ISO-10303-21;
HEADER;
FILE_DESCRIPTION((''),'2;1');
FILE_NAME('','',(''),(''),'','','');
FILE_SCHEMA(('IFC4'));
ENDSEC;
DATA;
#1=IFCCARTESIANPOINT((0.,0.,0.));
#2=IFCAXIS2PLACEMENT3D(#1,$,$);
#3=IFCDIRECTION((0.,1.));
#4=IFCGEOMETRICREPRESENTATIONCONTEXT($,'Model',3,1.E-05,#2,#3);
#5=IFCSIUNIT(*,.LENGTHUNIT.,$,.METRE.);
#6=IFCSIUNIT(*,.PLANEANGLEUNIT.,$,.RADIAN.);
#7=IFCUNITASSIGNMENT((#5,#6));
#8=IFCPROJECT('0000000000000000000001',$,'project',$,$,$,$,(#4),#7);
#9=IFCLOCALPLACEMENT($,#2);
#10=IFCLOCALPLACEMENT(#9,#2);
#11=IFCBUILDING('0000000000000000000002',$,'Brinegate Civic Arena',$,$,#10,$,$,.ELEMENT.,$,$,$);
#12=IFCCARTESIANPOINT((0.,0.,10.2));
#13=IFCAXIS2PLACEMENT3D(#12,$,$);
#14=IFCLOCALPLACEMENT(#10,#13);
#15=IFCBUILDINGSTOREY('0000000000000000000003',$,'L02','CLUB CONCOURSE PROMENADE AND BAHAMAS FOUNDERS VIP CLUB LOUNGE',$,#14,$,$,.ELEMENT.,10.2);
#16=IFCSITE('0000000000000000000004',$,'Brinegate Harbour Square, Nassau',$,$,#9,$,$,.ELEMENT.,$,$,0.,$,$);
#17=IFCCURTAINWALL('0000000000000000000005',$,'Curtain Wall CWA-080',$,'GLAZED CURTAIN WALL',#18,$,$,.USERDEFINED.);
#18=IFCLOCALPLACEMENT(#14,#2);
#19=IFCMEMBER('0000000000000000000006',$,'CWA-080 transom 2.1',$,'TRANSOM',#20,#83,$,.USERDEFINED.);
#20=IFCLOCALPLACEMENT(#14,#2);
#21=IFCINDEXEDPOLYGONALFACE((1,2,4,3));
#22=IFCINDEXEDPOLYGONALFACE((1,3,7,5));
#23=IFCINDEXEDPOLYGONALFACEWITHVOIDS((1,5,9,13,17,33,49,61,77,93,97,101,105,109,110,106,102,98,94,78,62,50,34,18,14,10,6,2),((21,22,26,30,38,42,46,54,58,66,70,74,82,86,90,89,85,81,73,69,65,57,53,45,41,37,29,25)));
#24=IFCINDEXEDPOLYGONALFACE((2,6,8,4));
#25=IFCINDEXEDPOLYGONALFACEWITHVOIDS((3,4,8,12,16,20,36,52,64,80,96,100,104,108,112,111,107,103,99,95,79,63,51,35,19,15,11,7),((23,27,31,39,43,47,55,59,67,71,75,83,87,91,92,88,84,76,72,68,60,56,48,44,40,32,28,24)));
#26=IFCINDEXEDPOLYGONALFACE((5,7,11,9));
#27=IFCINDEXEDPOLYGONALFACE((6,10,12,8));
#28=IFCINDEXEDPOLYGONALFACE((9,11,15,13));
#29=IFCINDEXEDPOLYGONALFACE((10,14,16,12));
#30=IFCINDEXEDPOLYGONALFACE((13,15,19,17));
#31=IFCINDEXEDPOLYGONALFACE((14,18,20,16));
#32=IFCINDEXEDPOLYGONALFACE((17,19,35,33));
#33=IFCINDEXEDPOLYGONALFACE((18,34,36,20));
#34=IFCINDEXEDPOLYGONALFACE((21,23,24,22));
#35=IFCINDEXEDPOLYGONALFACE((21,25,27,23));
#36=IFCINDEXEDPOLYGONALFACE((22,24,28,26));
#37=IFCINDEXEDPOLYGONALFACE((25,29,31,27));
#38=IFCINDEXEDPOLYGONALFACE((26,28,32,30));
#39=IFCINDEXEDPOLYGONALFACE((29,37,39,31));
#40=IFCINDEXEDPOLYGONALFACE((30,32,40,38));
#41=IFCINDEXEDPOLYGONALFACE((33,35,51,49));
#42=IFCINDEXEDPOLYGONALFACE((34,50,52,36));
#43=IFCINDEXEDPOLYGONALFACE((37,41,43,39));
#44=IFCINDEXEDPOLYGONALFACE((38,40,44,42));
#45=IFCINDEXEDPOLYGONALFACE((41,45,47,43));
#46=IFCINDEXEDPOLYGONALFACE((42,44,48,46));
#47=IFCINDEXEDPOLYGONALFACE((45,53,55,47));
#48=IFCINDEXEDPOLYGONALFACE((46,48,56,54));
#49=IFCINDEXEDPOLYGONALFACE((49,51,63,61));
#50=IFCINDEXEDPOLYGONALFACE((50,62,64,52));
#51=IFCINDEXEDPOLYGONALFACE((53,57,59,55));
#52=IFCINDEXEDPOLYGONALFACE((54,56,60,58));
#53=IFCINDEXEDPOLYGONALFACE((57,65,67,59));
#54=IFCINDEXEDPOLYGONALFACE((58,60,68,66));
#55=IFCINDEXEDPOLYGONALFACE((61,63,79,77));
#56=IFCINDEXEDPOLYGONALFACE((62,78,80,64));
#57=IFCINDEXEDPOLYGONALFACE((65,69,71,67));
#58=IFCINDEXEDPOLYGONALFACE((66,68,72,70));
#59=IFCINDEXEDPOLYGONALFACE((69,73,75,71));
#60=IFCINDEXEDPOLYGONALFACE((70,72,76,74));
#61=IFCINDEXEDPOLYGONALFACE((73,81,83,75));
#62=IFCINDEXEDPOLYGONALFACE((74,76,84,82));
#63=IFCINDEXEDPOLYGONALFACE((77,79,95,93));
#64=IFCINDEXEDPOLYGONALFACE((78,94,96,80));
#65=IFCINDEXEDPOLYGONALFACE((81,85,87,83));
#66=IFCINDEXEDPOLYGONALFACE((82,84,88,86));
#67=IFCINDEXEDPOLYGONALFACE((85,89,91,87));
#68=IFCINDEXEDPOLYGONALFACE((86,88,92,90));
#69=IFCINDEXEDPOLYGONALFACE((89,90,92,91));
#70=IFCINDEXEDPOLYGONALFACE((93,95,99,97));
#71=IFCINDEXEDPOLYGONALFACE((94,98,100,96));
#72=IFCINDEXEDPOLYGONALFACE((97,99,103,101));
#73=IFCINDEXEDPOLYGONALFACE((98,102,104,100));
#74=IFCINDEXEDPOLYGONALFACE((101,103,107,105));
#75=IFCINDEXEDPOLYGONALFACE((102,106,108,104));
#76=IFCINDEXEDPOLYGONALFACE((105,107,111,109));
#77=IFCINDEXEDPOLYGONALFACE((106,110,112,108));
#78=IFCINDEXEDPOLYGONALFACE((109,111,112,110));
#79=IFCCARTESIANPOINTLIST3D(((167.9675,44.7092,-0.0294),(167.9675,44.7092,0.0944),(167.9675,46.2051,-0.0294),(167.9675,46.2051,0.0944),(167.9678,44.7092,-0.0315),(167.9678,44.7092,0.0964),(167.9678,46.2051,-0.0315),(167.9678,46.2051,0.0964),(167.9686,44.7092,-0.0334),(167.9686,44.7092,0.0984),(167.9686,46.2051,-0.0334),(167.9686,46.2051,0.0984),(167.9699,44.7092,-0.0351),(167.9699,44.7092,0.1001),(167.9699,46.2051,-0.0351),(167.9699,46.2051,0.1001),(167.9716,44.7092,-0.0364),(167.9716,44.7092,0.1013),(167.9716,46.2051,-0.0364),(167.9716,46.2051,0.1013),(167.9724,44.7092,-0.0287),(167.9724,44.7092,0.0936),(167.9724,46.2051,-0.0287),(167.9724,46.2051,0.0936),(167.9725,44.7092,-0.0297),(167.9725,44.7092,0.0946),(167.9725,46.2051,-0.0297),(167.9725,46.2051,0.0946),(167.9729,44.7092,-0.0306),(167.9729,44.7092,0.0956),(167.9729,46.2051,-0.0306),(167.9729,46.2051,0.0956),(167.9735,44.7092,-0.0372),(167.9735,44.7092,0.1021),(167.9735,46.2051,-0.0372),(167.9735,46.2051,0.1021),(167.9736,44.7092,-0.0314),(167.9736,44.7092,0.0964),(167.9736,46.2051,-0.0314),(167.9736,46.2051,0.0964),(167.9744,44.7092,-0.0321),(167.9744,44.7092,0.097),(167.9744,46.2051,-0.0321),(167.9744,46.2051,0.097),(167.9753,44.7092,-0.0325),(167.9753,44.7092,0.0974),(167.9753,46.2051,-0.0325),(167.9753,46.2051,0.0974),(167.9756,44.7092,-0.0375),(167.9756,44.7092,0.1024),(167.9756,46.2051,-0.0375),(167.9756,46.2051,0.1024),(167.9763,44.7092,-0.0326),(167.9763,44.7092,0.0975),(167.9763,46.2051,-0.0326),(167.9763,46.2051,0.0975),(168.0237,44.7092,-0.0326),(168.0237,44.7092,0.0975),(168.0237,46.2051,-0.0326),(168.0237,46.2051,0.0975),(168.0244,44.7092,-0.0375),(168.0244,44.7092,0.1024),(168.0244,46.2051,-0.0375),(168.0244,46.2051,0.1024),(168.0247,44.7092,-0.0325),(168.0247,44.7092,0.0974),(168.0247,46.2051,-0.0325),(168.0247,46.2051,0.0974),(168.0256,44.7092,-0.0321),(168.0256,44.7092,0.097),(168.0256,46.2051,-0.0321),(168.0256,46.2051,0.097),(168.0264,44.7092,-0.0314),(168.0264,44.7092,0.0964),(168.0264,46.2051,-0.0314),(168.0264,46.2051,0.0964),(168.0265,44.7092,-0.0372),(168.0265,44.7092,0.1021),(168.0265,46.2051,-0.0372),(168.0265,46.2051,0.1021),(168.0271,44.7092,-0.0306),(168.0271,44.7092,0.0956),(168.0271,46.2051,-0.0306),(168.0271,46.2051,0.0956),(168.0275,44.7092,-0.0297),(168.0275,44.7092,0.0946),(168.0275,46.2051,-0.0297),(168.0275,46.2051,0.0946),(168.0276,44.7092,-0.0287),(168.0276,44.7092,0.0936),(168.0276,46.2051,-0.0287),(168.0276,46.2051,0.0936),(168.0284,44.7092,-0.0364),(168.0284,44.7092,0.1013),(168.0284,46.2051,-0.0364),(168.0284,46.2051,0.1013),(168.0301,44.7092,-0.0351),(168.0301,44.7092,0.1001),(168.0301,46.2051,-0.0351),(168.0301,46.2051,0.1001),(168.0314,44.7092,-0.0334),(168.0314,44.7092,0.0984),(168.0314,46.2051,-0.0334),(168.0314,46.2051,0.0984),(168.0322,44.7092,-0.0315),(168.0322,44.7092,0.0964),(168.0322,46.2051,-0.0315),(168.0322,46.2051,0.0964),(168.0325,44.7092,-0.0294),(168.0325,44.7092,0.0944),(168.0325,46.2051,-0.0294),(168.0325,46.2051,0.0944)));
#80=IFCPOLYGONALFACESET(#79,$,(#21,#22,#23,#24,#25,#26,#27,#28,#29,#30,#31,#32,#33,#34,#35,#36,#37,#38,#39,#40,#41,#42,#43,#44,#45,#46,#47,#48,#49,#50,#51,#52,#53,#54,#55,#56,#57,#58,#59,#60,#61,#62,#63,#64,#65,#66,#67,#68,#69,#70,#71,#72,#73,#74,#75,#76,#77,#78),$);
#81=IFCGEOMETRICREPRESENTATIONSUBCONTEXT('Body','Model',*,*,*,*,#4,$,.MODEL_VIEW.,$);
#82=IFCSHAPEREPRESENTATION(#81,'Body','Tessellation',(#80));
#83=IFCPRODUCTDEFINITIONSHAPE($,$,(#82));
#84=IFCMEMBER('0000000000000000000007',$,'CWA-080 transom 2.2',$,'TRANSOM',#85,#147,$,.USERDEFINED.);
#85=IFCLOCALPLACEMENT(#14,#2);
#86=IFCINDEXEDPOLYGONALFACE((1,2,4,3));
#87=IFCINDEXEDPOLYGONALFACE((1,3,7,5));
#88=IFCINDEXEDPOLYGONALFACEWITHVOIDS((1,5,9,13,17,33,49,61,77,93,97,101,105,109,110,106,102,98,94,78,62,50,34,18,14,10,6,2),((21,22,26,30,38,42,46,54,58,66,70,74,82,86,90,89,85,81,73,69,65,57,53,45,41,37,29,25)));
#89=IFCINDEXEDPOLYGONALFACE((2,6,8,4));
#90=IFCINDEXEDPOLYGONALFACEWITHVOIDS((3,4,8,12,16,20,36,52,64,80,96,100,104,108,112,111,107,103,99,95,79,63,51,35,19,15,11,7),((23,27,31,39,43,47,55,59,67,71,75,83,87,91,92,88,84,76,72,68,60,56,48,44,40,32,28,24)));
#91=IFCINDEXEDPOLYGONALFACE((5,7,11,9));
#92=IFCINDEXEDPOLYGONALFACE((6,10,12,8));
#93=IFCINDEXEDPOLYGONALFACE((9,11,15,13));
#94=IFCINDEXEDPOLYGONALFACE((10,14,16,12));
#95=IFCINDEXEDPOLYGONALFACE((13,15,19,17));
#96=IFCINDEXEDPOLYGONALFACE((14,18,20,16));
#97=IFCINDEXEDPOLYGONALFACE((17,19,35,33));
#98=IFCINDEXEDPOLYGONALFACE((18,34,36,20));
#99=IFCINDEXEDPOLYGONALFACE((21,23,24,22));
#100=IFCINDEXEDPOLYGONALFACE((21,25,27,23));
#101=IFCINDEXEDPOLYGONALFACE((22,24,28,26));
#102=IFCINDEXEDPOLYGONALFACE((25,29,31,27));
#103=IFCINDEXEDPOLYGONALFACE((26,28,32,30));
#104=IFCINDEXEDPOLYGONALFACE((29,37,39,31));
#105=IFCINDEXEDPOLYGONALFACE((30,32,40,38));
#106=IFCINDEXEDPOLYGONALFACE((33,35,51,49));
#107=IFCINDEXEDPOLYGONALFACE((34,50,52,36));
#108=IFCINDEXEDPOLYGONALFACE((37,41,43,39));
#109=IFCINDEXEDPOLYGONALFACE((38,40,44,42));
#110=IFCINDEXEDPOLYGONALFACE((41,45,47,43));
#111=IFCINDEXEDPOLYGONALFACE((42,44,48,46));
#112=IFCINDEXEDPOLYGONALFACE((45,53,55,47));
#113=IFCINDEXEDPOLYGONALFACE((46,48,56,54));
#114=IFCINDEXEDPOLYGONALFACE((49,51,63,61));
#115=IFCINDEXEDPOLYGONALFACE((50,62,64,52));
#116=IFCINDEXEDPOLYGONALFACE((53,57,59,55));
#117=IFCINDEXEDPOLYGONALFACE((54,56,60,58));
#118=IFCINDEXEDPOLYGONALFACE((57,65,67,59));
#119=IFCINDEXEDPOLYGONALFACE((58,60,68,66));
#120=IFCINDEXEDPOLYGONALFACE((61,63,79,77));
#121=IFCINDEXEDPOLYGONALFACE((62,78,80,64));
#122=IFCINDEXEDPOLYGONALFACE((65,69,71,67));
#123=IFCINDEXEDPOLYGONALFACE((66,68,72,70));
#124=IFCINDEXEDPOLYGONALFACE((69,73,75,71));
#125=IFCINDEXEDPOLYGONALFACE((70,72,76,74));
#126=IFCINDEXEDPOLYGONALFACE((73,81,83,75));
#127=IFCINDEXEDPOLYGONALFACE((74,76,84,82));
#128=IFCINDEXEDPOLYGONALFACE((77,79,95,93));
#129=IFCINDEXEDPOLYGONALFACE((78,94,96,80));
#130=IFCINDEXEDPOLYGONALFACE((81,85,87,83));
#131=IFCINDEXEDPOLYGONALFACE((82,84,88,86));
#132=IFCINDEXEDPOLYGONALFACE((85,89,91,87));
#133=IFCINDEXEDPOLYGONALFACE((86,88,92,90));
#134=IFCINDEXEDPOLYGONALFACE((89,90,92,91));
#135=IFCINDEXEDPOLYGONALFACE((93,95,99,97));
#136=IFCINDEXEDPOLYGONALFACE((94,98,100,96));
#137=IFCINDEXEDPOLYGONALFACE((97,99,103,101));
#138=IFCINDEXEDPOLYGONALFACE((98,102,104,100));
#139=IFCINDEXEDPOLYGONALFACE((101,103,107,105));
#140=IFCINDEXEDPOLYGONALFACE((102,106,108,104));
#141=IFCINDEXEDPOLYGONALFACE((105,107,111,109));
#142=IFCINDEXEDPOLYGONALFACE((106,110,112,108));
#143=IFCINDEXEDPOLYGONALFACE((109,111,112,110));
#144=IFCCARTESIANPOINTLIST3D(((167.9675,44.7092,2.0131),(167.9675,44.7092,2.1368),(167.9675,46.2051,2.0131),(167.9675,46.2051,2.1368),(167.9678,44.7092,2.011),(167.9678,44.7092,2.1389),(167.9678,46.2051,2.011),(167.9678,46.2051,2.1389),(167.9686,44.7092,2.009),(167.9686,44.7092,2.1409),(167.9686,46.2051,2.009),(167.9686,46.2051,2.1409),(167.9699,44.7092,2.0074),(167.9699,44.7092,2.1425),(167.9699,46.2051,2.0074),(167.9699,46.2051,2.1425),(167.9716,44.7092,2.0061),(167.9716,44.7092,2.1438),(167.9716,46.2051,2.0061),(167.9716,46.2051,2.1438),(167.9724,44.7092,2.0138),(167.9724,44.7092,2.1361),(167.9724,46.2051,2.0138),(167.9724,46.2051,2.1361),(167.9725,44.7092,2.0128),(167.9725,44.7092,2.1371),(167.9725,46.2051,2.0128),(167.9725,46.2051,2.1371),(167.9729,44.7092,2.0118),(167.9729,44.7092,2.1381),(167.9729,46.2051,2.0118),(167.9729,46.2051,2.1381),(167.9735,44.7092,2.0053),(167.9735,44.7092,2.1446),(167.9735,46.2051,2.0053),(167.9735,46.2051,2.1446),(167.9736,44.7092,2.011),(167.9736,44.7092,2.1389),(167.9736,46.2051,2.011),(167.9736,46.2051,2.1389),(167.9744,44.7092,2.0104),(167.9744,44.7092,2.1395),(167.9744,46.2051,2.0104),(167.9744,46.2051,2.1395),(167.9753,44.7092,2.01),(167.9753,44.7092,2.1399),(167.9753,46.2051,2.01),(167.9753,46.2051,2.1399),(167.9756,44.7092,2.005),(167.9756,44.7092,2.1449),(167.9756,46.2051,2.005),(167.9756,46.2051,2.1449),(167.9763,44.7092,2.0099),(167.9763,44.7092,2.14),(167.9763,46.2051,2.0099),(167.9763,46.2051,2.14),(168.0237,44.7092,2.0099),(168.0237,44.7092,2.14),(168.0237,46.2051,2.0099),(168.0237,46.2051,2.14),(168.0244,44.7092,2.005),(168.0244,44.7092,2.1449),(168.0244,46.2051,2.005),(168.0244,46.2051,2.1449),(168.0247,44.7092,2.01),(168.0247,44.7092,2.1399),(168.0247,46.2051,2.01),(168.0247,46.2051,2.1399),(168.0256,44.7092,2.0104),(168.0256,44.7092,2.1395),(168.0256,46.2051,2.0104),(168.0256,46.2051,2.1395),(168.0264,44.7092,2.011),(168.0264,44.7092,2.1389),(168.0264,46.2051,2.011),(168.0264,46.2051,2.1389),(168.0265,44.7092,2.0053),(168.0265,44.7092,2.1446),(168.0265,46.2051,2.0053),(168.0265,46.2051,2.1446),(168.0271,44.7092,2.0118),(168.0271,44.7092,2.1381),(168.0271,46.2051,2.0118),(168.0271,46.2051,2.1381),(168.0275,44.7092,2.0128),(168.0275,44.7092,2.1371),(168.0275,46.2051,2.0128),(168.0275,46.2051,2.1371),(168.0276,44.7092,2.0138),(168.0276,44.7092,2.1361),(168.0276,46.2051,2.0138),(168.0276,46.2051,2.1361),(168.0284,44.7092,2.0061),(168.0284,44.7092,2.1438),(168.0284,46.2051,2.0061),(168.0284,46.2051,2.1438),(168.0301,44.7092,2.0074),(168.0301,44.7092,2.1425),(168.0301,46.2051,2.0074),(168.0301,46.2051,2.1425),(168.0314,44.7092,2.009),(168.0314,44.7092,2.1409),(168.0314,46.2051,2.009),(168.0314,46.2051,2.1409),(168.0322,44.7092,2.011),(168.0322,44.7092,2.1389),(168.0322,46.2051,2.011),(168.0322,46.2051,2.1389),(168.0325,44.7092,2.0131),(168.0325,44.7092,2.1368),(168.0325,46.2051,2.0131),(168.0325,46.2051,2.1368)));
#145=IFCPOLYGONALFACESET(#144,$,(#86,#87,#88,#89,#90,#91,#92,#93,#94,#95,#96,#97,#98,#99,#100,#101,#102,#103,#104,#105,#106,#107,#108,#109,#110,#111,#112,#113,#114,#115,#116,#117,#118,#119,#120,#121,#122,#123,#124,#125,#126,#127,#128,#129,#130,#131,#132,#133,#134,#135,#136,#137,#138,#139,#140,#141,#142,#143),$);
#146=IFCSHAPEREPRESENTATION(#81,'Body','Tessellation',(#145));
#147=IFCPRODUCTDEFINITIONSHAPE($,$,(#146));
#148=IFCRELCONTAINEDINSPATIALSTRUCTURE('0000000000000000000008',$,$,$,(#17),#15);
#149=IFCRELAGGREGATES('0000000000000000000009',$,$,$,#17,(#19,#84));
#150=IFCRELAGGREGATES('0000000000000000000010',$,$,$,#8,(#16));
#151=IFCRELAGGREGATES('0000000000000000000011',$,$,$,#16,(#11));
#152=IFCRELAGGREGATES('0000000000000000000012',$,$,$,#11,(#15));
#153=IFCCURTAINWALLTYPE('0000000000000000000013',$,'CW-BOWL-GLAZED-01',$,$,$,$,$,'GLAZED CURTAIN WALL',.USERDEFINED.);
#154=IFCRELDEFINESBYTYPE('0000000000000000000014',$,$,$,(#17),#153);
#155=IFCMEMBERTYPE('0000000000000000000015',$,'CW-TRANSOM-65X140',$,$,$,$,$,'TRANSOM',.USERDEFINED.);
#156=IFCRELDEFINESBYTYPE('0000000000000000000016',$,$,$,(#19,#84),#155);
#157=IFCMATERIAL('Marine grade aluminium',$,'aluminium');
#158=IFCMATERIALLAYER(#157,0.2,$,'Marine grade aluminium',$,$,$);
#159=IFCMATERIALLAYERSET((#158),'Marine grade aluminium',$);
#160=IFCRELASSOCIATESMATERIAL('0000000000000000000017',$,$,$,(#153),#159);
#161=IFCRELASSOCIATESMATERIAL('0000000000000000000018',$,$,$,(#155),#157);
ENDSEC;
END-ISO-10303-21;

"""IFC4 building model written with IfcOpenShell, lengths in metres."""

from ifc_helpers import new_model, si_unit, direction, frame, origin, origin_2d, place, context, subcontext, project, spatial, hollow_rectangle, extrude, material, layer, layer_set, material_profile, profile_set, type_object, element, aggregate, save


model = new_model("IFC4")

# Units and contexts
model_context = context("Model", 3, precision=1e-05, world=origin(), true_north=direction((0.0, 1.0)))
body_context = subcontext(model_context, "Body", "Model", "MODEL_VIEW")
ifc_project = project(units=[si_unit("LENGTHUNIT", "METRE"), si_unit("PLANEANGLEUNIT", "RADIAN")], contexts=[model_context])

# Site, building, storey
site_placement = place(None, origin())
site = spatial("IfcSite", under=ifc_project, at=site_placement, Name="Brinegate Harbour Square, Nassau", CompositionType="ELEMENT", RefElevation=0.0)
building_placement = place(site_placement, origin())
building = spatial("IfcBuilding", under=site, at=building_placement, Name="Brinegate Civic Arena", CompositionType="ELEMENT")
storey_placement = place(building_placement, frame((0.0, 0.0, 10.2)))
storey = spatial("IfcBuildingStorey", under=building, at=storey_placement, Name="L02", Description="CLUB CONCOURSE PROMENADE AND BAHAMAS FOUNDERS VIP CLUB LOUNGE", CompositionType="ELEMENT", Elevation=10.2)

# Curtain wall, members
ifc_material_1 = material(Name="Marine grade aluminium", Category="aluminium")
ifc_layer_1 = layer(ifc_material_1, 0.2, Name="Marine grade aluminium")
ifc_layer_set_1 = layer_set([ifc_layer_1], Name="Marine grade aluminium")
curtain_wall_type = type_object("IfcCurtainWallType", Name="CW-BOWL-GLAZED-01", ElementType="GLAZED CURTAIN WALL", PredefinedType="USERDEFINED", material=ifc_layer_set_1)
curtain_wall_placement = place(storey_placement, origin())
curtain_wall = element("IfcCurtainWall", 1, at=curtain_wall_placement, inside=storey, type_object=curtain_wall_type, Name="Curtain Wall CWA-080", ObjectType="GLAZED CURTAIN WALL", PredefinedType="USERDEFINED")
ifc_material_profile_1 = material_profile(ifc_material_1, hollow_rectangle(XDim=0.0649, YDim=0.1399, WallThickness=0.0049, InnerFilletRadius=0.0039, OuterFilletRadius=0.0081, at=origin_2d()), Name="TRN65X140")
ifc_profile_set_1 = profile_set([ifc_material_profile_1], Name="Marine grade aluminium")
member_type_1 = type_object("IfcMemberType", Name="CW-TRANSOM-65X140", ElementType="TRANSOM", PredefinedType="USERDEFINED", material=ifc_profile_set_1)
member_1_placement = place(storey_placement, frame((168.0, 44.7092, 0.0325), z_axis=(0.0, 1.0, 0.0), x_axis=(-1.0, 0.0, 0.0)))
member_1 = element("IfcMember", 2, at=member_1_placement, type_object=member_type_1, Name="CWA-080 transom 2.1", ObjectType="TRANSOM", PredefinedType="USERDEFINED", context=body_context, shape_type="SweptSolid", body=[
    extrude(hollow_rectangle(XDim=0.0649, YDim=0.1399, WallThickness=0.0049, InnerFilletRadius=0.0039, OuterFilletRadius=0.0081, at=origin_2d()), origin(), (0.0, 0.0, 1.0), 1.4958),
])
member_2_placement = place(storey_placement, frame((168.0, 44.7092, 2.075), z_axis=(0.0, 1.0, 0.0), x_axis=(-1.0, 0.0, 0.0)))
member_2 = element("IfcMember", 3, at=member_2_placement, type_object=member_type_1, Name="CWA-080 transom 2.2", ObjectType="TRANSOM", PredefinedType="USERDEFINED", context=body_context, shape_type="SweptSolid", body=[
    extrude(hollow_rectangle(XDim=0.0649, YDim=0.1399, WallThickness=0.0049, InnerFilletRadius=0.0039, OuterFilletRadius=0.0081, at=origin_2d()), origin(), (0.0, 0.0, 1.0), 1.4958),
])

aggregate(curtain_wall, [member_1, member_2])

save(model, "model.ifc")
